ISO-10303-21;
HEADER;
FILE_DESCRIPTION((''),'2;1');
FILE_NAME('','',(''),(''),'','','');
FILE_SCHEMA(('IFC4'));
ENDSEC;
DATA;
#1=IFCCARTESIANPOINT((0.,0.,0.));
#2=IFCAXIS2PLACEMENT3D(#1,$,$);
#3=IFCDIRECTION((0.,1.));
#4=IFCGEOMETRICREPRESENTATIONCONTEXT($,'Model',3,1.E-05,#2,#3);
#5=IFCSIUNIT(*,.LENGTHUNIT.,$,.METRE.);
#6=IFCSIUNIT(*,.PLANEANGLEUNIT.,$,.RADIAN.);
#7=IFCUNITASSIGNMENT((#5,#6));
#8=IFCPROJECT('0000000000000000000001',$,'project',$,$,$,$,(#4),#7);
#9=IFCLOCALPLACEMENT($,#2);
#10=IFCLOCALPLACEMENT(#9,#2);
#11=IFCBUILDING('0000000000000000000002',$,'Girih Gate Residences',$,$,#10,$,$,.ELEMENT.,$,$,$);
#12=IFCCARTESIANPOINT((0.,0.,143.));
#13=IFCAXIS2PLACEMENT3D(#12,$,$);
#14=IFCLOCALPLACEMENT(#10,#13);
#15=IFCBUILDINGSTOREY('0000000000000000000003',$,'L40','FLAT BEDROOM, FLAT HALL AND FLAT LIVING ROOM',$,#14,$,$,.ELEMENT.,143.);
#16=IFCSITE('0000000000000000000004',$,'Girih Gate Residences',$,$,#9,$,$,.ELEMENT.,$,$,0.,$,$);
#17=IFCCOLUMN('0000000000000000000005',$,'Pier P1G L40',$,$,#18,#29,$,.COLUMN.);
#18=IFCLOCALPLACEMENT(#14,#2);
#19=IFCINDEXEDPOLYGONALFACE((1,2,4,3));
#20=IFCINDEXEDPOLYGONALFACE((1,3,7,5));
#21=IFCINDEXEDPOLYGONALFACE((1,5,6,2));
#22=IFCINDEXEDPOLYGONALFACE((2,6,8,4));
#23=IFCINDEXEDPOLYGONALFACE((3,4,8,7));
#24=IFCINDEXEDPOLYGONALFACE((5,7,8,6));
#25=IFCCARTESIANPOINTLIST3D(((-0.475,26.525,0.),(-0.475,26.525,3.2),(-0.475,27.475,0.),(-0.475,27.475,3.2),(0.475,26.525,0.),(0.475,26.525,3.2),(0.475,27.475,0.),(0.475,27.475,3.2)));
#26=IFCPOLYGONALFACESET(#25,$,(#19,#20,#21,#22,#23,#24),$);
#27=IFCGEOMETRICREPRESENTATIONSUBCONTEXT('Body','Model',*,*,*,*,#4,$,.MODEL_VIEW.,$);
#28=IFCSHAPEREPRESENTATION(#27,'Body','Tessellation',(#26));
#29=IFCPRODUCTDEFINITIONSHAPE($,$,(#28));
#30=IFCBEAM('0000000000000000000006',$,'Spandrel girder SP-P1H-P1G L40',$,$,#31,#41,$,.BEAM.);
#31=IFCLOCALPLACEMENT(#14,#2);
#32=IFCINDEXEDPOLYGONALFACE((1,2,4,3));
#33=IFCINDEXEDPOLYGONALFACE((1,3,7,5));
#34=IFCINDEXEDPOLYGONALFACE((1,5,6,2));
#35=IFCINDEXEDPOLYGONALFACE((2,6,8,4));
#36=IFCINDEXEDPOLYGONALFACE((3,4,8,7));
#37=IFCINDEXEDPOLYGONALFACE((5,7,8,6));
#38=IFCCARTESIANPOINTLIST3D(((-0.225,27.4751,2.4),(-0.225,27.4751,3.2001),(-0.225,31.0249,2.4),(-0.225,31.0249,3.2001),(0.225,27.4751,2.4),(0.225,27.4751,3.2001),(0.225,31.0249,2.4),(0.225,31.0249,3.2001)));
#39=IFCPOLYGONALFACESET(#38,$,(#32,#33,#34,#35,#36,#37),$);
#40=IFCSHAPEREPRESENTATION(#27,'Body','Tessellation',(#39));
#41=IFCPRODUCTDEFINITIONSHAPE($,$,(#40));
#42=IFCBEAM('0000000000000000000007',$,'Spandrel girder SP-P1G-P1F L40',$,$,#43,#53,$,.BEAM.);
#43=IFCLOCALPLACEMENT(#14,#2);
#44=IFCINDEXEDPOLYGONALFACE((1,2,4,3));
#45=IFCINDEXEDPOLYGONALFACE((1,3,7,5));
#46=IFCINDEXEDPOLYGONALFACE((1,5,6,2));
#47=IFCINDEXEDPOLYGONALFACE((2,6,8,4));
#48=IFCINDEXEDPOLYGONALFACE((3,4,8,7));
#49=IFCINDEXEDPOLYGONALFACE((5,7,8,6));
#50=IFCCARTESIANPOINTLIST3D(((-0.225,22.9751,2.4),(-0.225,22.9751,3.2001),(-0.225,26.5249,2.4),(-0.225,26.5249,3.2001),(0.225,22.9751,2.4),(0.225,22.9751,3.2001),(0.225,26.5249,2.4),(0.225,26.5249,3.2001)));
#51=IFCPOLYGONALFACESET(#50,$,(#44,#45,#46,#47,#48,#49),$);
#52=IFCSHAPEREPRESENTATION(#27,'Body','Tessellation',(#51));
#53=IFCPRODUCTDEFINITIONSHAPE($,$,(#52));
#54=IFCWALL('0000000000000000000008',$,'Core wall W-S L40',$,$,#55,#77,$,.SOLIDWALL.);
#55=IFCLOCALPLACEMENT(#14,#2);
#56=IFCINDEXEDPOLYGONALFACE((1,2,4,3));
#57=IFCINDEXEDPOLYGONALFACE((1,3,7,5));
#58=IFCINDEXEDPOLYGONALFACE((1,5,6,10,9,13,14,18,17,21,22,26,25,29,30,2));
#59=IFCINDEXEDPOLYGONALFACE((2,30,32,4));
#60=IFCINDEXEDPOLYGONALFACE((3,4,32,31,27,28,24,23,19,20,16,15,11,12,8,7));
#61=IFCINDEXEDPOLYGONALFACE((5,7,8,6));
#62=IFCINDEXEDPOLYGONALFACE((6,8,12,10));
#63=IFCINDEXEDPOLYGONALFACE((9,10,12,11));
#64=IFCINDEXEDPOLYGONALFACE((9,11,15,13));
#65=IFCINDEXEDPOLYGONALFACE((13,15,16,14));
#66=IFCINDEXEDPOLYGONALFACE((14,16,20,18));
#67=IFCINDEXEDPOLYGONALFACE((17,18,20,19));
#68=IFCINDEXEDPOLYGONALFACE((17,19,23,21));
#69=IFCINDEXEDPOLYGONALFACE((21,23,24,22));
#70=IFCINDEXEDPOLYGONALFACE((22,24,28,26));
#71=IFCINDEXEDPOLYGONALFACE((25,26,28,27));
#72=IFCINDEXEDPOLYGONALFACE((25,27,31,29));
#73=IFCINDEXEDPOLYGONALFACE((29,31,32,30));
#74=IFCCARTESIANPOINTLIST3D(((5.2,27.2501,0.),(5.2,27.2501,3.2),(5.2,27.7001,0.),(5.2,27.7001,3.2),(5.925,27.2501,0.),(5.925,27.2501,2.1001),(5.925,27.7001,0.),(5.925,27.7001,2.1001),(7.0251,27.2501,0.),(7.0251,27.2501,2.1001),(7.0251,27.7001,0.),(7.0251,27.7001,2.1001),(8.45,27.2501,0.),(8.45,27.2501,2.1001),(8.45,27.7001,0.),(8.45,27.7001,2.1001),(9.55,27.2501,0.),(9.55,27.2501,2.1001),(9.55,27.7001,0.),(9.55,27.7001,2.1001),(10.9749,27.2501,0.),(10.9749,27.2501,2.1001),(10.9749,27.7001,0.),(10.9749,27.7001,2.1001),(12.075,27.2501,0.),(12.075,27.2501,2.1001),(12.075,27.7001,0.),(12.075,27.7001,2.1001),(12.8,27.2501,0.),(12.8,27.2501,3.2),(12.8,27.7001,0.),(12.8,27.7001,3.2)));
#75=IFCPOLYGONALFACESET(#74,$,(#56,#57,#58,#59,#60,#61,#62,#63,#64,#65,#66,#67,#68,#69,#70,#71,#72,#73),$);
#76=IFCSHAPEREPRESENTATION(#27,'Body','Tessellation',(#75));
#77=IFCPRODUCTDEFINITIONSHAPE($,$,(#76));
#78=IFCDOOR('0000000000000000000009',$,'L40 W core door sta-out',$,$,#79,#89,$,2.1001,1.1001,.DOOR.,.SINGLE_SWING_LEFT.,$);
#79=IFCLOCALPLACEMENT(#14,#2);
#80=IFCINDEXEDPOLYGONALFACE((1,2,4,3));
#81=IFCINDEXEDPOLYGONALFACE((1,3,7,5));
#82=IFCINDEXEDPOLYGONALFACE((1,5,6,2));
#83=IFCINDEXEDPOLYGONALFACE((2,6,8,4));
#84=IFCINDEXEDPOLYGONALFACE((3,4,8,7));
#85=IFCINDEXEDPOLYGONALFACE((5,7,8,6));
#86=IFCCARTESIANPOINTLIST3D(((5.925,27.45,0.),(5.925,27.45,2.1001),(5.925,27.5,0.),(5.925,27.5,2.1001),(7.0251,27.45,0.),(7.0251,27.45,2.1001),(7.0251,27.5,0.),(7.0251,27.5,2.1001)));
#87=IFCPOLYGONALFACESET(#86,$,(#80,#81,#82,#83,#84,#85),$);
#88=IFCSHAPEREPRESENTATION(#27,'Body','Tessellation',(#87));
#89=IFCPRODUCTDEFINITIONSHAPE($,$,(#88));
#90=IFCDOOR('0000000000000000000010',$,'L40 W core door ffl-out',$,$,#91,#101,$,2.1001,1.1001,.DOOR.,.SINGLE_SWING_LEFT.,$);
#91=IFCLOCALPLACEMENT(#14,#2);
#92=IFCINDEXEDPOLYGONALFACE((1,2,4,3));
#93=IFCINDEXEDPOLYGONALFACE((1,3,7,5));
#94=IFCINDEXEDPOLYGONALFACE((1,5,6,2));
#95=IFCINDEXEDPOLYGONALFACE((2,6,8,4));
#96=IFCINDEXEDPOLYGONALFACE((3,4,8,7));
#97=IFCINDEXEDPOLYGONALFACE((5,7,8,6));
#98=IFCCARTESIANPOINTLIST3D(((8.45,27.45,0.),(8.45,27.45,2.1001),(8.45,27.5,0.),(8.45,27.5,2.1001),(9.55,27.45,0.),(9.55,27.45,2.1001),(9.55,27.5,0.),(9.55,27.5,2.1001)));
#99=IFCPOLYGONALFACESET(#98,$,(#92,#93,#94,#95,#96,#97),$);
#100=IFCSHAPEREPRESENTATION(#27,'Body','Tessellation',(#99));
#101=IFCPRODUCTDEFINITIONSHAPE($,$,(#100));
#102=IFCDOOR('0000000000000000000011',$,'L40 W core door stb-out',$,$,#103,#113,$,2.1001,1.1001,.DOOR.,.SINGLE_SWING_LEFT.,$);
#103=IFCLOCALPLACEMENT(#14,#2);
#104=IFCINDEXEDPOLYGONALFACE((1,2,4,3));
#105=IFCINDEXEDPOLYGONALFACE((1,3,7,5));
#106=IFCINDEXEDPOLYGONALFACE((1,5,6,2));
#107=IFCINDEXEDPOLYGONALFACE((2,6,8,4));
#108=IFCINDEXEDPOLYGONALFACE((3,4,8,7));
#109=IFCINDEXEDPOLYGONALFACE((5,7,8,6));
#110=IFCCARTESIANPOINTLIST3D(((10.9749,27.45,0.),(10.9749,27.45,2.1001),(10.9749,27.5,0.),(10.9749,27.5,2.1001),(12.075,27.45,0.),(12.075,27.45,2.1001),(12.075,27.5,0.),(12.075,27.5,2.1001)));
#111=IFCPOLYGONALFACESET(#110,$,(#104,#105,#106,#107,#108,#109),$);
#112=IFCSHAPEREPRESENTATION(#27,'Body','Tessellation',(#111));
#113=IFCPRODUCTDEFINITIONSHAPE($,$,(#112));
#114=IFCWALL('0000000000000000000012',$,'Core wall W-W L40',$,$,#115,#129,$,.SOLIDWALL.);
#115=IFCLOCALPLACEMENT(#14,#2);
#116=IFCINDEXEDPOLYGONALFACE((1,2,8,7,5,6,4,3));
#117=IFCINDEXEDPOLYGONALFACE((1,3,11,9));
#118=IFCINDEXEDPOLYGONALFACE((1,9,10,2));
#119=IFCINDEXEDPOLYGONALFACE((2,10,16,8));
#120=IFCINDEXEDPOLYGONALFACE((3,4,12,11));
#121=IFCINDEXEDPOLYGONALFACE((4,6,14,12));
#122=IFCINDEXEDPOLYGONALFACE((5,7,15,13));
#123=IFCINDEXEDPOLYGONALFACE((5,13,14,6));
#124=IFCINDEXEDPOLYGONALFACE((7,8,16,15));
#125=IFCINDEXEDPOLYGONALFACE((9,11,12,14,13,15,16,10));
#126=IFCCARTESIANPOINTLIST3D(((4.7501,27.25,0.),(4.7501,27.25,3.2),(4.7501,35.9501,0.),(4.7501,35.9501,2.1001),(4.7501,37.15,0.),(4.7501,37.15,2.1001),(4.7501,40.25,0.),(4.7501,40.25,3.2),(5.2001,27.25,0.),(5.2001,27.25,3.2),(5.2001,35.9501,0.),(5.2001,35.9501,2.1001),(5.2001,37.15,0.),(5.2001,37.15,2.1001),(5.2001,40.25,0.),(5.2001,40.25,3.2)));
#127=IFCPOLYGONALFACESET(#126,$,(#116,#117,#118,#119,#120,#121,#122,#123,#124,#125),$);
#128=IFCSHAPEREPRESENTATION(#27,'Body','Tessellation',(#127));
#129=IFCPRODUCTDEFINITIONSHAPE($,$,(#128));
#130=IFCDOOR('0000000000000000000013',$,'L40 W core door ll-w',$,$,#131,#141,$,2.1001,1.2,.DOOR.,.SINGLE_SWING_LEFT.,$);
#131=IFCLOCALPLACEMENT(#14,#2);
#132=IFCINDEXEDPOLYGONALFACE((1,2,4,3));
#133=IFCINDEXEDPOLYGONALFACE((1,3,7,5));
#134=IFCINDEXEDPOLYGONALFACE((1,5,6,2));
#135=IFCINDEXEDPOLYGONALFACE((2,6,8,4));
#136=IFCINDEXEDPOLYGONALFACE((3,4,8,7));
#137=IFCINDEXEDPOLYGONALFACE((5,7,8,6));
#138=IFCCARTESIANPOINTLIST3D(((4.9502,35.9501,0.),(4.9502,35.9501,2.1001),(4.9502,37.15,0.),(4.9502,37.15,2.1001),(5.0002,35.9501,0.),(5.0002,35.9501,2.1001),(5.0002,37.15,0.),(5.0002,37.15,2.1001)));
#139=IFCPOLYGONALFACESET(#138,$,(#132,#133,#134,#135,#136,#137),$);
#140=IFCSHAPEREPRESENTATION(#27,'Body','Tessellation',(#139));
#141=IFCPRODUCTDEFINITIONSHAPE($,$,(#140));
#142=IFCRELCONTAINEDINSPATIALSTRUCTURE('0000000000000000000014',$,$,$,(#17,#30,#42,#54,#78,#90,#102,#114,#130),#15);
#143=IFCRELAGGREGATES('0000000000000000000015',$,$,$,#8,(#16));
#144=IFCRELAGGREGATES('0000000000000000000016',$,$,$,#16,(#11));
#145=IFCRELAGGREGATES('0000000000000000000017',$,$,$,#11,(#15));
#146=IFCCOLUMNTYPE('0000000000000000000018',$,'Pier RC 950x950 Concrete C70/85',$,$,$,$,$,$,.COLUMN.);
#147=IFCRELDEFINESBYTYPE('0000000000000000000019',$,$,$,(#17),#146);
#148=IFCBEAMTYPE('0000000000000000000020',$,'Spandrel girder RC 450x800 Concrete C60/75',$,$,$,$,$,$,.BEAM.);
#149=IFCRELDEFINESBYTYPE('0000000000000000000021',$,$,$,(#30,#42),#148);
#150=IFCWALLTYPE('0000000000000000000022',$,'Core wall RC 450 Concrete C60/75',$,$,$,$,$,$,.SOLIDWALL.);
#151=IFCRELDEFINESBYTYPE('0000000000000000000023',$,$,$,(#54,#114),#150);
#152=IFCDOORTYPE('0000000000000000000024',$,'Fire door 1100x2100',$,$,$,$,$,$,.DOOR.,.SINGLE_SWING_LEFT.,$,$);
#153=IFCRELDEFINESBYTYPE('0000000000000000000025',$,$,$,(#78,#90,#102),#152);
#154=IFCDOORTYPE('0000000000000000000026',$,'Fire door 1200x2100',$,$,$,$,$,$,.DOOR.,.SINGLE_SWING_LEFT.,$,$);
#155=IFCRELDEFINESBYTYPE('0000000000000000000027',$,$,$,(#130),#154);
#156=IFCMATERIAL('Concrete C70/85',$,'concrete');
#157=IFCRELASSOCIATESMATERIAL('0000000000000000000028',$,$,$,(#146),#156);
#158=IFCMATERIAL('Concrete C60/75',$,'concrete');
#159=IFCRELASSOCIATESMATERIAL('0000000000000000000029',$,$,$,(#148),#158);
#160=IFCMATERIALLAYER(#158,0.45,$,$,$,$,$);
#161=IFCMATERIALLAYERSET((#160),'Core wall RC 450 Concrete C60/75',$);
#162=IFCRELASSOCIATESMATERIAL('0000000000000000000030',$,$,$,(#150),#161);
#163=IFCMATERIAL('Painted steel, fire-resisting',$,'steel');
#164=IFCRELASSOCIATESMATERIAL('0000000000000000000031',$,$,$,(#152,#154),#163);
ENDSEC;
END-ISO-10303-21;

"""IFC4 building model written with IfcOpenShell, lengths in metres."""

from ifc_helpers import new_model, si_unit, direction, frame, frame_2d, origin, origin_2d, place, context, subcontext, project, spatial, rectangle, extrude, material, layer, layer_set, material_profile, profile_set, type_object, element, fill, save


model = new_model("IFC4")

# Units and contexts
model_context = context("Model", 3, precision=1e-05, world=origin(), true_north=direction((0.0, 1.0)))
body_context = subcontext(model_context, "Body", "Model", "MODEL_VIEW")
ifc_project = project(units=[si_unit("LENGTHUNIT", "METRE"), si_unit("PLANEANGLEUNIT", "RADIAN")], contexts=[model_context])

# Site, building, storey
site_placement = place(None, origin())
site = spatial("IfcSite", under=ifc_project, at=site_placement, Name="Girih Gate Residences", CompositionType="ELEMENT", RefElevation=0.0)
building_placement = place(site_placement, origin())
building = spatial("IfcBuilding", under=site, at=building_placement, Name="Girih Gate Residences", CompositionType="ELEMENT")
storey_placement = place(building_placement, frame((0.0, 0.0, 143.0)))
storey = spatial("IfcBuildingStorey", under=building, at=storey_placement, Name="L40", Description="FLAT BEDROOM, FLAT HALL AND FLAT LIVING ROOM", CompositionType="ELEMENT", Elevation=143.0)

# Column
ifc_material_1 = material(Name="Concrete C70/85", Category="concrete")
ifc_material_profile_1 = material_profile(ifc_material_1, rectangle(XDim=0.95, YDim=0.95, at=origin_2d()))
ifc_profile_set_1 = profile_set([ifc_material_profile_1], Name="Concrete C70/85")
column_type = type_object("IfcColumnType", Name="Pier RC 950x950 Concrete C70/85", PredefinedType="COLUMN", material=ifc_profile_set_1)
column_placement = place(storey_placement, frame((0.0, 27.0, 0.0), z_axis=(0.0, 0.0, 1.0), x_axis=(1.0, 0.0, 0.0)))
element("IfcColumn", 1, at=column_placement, inside=storey, type_object=column_type, Name="Pier P1G L40", PredefinedType="COLUMN", context=body_context, shape_type="SweptSolid", body=[
    extrude(rectangle(XDim=0.95, YDim=0.95, at=origin_2d()), origin(), (0.0, 0.0, 1.0), 3.2),
])

# Beams
ifc_material_2 = material(Name="Concrete C60/75", Category="concrete")
ifc_material_profile_2 = material_profile(ifc_material_2, rectangle(XDim=0.45, YDim=0.8, at=origin_2d()))
ifc_profile_set_2 = profile_set([ifc_material_profile_2], Name="Concrete C60/75")
beam_type = type_object("IfcBeamType", Name="Spandrel girder RC 450x800 Concrete C60/75", PredefinedType="BEAM", material=ifc_profile_set_2)
for number, where, z_axis, x_axis, name in (
    (2, (0.0, 31.0249, 2.8), (0.0, -1.0, 0.0), (1.0, 0.0, 0.0), "Spandrel girder SP-P1H-P1G L40"),
    (3, (0.0, 26.5249, 2.8), (0.0, -1.0, 0.0), (1.0, 0.0, 0.0), "Spandrel girder SP-P1G-P1F L40"),
):
    element("IfcBeam", number, at=place(storey_placement, frame(where, z_axis=z_axis, x_axis=x_axis)), inside=storey, type_object=beam_type, Name=name, PredefinedType="BEAM", context=body_context, shape_type="SweptSolid", body=[
        extrude(rectangle(XDim=0.45, YDim=0.8, at=origin_2d()), origin(), (0.0, 0.0, 1.0), 3.5498),
    ])

# Wall, openings, doors
ifc_layer_1 = layer(ifc_material_2, 0.45)
ifc_layer_set_1 = layer_set([ifc_layer_1], Name="Core wall RC 450 Concrete C60/75")
wall_type_1 = type_object("IfcWallType", Name="Core wall RC 450 Concrete C60/75", PredefinedType="SOLIDWALL", material=ifc_layer_set_1)
wall_1_placement = place(storey_placement, frame((5.2, 27.4751, 0.0), z_axis=(0.0, 0.0, 1.0), x_axis=(1.0, 0.0, 0.0)))
wall_1 = element("IfcWall", 4, at=wall_1_placement, inside=storey, type_object=wall_type_1, Name="Core wall W-S L40", PredefinedType="SOLIDWALL", context=body_context, shape_type="SweptSolid", body=[
    extrude(rectangle(XDim=7.6001, YDim=0.45, at=frame_2d((3.8, 0.0))), origin(), (0.0, 0.0, 1.0), 3.2),
])
opening_1_placement = place(wall_1_placement, frame((0.7251, 0.0, 0.0)))
opening_1 = element("IfcOpeningElement", 5, at=opening_1_placement, cuts=wall_1, PredefinedType="OPENING", context=body_context, shape_type="SweptSolid", body=[
    extrude(rectangle(XDim=1.1001, YDim=2.1001, at=frame_2d((0.55, 1.05))), frame((0.0, 0.2349, 0.0), z_axis=(0.0, -1.0, 0.0), x_axis=(1.0, 0.0, 0.0)), (0.0, 0.0, 1.0), 0.47),
])
opening_2_placement = place(wall_1_placement, frame((3.25, 0.0, 0.0)))
opening_2 = element("IfcOpeningElement", 6, at=opening_2_placement, cuts=wall_1, PredefinedType="OPENING", context=body_context, shape_type="SweptSolid", body=[
    extrude(rectangle(XDim=1.1001, YDim=2.1001, at=frame_2d((0.55, 1.05))), frame((0.0, 0.2349, 0.0), z_axis=(0.0, -1.0, 0.0), x_axis=(1.0, 0.0, 0.0)), (0.0, 0.0, 1.0), 0.47),
])
opening_3_placement = place(wall_1_placement, frame((5.7749, 0.0, 0.0)))
opening_3 = element("IfcOpeningElement", 7, at=opening_3_placement, cuts=wall_1, PredefinedType="OPENING", context=body_context, shape_type="SweptSolid", body=[
    extrude(rectangle(XDim=1.1001, YDim=2.1001, at=frame_2d((0.55, 1.05))), frame((0.0, 0.2349, 0.0), z_axis=(0.0, -1.0, 0.0), x_axis=(1.0, 0.0, 0.0)), (0.0, 0.0, 1.0), 0.47),
])
ifc_material_3 = material(Name="Painted steel, fire-resisting", Category="steel")
door_type_1 = type_object("IfcDoorType", Name="Fire door 1100x2100", OperationType="SINGLE_SWING_LEFT", PredefinedType="DOOR", material=ifc_material_3)
door_1_placement = place(opening_1_placement, origin())
door_1 = element("IfcDoor", 8, at=door_1_placement, inside=storey, type_object=door_type_1, Name="L40 W core door sta-out", OperationType="SINGLE_SWING_LEFT", OverallHeight=2.1001, OverallWidth=1.1001, PredefinedType="DOOR", context=body_context, shape_type="SweptSolid", body=[
    extrude(rectangle(XDim=1.1001, YDim=2.1001, at=frame_2d((0.55, 1.05))), frame((0.0, 0.0249, 0.0), z_axis=(0.0, -1.0, 0.0), x_axis=(1.0, 0.0, 0.0)), (0.0, 0.0, 1.0), 0.05),
])
fill(opening_1, door_1)
door_2_placement = place(opening_2_placement, origin())
door_2 = element("IfcDoor", 9, at=door_2_placement, inside=storey, type_object=door_type_1, Name="L40 W core door ffl-out", OperationType="SINGLE_SWING_LEFT", OverallHeight=2.1001, OverallWidth=1.1001, PredefinedType="DOOR", context=body_context, shape_type="SweptSolid", body=[
    extrude(rectangle(XDim=1.1001, YDim=2.1001, at=frame_2d((0.55, 1.05))), frame((0.0, 0.0249, 0.0), z_axis=(0.0, -1.0, 0.0), x_axis=(1.0, 0.0, 0.0)), (0.0, 0.0, 1.0), 0.05),
])
fill(opening_2, door_2)
door_3_placement = place(opening_3_placement, origin())
door_3 = element("IfcDoor", 10, at=door_3_placement, inside=storey, type_object=door_type_1, Name="L40 W core door stb-out", OperationType="SINGLE_SWING_LEFT", OverallHeight=2.1001, OverallWidth=1.1001, PredefinedType="DOOR", context=body_context, shape_type="SweptSolid", body=[
    extrude(rectangle(XDim=1.1001, YDim=2.1001, at=frame_2d((0.55, 1.05))), frame((0.0, 0.0249, 0.0), z_axis=(0.0, -1.0, 0.0), x_axis=(1.0, 0.0, 0.0)), (0.0, 0.0, 1.0), 0.05),
])
fill(opening_3, door_3)

# Wall, opening, door
wall_2_placement = place(storey_placement, frame((4.9751, 27.25, 0.0), z_axis=(0.0, 0.0, 1.0), x_axis=(0.0, 1.0, 0.0)))
wall_2 = element("IfcWall", 11, at=wall_2_placement, inside=storey, type_object=wall_type_1, Name="Core wall W-W L40", PredefinedType="SOLIDWALL", context=body_context, shape_type="SweptSolid", body=[
    extrude(rectangle(XDim=13.0, YDim=0.45, at=frame_2d((6.5, 0.0))), origin(), (0.0, 0.0, 1.0), 3.2),
])
opening_4_placement = place(wall_2_placement, frame((8.7, 0.0, 0.0)))
opening_4 = element("IfcOpeningElement", 12, at=opening_4_placement, cuts=wall_2, PredefinedType="OPENING", context=body_context, shape_type="SweptSolid", body=[
    extrude(rectangle(XDim=1.2, YDim=2.1001, at=frame_2d((0.6001, 1.05))), frame((0.0, 0.2349, 0.0), z_axis=(0.0, -1.0, 0.0), x_axis=(1.0, 0.0, 0.0)), (0.0, 0.0, 1.0), 0.47),
])
door_type_2 = type_object("IfcDoorType", Name="Fire door 1200x2100", OperationType="SINGLE_SWING_LEFT", PredefinedType="DOOR", material=ifc_material_3)
door_4_placement = place(opening_4_placement, origin())
door_4 = element("IfcDoor", 13, at=door_4_placement, inside=storey, type_object=door_type_2, Name="L40 W core door ll-w", OperationType="SINGLE_SWING_LEFT", OverallHeight=2.1001, OverallWidth=1.2, PredefinedType="DOOR", context=body_context, shape_type="SweptSolid", body=[
    extrude(rectangle(XDim=1.2, YDim=2.1001, at=frame_2d((0.6001, 1.05))), frame((0.0, 0.0249, 0.0), z_axis=(0.0, -1.0, 0.0), x_axis=(1.0, 0.0, 0.0)), (0.0, 0.0, 1.0), 0.05),
])
fill(opening_4, door_4)

save(model, "model.ifc")
